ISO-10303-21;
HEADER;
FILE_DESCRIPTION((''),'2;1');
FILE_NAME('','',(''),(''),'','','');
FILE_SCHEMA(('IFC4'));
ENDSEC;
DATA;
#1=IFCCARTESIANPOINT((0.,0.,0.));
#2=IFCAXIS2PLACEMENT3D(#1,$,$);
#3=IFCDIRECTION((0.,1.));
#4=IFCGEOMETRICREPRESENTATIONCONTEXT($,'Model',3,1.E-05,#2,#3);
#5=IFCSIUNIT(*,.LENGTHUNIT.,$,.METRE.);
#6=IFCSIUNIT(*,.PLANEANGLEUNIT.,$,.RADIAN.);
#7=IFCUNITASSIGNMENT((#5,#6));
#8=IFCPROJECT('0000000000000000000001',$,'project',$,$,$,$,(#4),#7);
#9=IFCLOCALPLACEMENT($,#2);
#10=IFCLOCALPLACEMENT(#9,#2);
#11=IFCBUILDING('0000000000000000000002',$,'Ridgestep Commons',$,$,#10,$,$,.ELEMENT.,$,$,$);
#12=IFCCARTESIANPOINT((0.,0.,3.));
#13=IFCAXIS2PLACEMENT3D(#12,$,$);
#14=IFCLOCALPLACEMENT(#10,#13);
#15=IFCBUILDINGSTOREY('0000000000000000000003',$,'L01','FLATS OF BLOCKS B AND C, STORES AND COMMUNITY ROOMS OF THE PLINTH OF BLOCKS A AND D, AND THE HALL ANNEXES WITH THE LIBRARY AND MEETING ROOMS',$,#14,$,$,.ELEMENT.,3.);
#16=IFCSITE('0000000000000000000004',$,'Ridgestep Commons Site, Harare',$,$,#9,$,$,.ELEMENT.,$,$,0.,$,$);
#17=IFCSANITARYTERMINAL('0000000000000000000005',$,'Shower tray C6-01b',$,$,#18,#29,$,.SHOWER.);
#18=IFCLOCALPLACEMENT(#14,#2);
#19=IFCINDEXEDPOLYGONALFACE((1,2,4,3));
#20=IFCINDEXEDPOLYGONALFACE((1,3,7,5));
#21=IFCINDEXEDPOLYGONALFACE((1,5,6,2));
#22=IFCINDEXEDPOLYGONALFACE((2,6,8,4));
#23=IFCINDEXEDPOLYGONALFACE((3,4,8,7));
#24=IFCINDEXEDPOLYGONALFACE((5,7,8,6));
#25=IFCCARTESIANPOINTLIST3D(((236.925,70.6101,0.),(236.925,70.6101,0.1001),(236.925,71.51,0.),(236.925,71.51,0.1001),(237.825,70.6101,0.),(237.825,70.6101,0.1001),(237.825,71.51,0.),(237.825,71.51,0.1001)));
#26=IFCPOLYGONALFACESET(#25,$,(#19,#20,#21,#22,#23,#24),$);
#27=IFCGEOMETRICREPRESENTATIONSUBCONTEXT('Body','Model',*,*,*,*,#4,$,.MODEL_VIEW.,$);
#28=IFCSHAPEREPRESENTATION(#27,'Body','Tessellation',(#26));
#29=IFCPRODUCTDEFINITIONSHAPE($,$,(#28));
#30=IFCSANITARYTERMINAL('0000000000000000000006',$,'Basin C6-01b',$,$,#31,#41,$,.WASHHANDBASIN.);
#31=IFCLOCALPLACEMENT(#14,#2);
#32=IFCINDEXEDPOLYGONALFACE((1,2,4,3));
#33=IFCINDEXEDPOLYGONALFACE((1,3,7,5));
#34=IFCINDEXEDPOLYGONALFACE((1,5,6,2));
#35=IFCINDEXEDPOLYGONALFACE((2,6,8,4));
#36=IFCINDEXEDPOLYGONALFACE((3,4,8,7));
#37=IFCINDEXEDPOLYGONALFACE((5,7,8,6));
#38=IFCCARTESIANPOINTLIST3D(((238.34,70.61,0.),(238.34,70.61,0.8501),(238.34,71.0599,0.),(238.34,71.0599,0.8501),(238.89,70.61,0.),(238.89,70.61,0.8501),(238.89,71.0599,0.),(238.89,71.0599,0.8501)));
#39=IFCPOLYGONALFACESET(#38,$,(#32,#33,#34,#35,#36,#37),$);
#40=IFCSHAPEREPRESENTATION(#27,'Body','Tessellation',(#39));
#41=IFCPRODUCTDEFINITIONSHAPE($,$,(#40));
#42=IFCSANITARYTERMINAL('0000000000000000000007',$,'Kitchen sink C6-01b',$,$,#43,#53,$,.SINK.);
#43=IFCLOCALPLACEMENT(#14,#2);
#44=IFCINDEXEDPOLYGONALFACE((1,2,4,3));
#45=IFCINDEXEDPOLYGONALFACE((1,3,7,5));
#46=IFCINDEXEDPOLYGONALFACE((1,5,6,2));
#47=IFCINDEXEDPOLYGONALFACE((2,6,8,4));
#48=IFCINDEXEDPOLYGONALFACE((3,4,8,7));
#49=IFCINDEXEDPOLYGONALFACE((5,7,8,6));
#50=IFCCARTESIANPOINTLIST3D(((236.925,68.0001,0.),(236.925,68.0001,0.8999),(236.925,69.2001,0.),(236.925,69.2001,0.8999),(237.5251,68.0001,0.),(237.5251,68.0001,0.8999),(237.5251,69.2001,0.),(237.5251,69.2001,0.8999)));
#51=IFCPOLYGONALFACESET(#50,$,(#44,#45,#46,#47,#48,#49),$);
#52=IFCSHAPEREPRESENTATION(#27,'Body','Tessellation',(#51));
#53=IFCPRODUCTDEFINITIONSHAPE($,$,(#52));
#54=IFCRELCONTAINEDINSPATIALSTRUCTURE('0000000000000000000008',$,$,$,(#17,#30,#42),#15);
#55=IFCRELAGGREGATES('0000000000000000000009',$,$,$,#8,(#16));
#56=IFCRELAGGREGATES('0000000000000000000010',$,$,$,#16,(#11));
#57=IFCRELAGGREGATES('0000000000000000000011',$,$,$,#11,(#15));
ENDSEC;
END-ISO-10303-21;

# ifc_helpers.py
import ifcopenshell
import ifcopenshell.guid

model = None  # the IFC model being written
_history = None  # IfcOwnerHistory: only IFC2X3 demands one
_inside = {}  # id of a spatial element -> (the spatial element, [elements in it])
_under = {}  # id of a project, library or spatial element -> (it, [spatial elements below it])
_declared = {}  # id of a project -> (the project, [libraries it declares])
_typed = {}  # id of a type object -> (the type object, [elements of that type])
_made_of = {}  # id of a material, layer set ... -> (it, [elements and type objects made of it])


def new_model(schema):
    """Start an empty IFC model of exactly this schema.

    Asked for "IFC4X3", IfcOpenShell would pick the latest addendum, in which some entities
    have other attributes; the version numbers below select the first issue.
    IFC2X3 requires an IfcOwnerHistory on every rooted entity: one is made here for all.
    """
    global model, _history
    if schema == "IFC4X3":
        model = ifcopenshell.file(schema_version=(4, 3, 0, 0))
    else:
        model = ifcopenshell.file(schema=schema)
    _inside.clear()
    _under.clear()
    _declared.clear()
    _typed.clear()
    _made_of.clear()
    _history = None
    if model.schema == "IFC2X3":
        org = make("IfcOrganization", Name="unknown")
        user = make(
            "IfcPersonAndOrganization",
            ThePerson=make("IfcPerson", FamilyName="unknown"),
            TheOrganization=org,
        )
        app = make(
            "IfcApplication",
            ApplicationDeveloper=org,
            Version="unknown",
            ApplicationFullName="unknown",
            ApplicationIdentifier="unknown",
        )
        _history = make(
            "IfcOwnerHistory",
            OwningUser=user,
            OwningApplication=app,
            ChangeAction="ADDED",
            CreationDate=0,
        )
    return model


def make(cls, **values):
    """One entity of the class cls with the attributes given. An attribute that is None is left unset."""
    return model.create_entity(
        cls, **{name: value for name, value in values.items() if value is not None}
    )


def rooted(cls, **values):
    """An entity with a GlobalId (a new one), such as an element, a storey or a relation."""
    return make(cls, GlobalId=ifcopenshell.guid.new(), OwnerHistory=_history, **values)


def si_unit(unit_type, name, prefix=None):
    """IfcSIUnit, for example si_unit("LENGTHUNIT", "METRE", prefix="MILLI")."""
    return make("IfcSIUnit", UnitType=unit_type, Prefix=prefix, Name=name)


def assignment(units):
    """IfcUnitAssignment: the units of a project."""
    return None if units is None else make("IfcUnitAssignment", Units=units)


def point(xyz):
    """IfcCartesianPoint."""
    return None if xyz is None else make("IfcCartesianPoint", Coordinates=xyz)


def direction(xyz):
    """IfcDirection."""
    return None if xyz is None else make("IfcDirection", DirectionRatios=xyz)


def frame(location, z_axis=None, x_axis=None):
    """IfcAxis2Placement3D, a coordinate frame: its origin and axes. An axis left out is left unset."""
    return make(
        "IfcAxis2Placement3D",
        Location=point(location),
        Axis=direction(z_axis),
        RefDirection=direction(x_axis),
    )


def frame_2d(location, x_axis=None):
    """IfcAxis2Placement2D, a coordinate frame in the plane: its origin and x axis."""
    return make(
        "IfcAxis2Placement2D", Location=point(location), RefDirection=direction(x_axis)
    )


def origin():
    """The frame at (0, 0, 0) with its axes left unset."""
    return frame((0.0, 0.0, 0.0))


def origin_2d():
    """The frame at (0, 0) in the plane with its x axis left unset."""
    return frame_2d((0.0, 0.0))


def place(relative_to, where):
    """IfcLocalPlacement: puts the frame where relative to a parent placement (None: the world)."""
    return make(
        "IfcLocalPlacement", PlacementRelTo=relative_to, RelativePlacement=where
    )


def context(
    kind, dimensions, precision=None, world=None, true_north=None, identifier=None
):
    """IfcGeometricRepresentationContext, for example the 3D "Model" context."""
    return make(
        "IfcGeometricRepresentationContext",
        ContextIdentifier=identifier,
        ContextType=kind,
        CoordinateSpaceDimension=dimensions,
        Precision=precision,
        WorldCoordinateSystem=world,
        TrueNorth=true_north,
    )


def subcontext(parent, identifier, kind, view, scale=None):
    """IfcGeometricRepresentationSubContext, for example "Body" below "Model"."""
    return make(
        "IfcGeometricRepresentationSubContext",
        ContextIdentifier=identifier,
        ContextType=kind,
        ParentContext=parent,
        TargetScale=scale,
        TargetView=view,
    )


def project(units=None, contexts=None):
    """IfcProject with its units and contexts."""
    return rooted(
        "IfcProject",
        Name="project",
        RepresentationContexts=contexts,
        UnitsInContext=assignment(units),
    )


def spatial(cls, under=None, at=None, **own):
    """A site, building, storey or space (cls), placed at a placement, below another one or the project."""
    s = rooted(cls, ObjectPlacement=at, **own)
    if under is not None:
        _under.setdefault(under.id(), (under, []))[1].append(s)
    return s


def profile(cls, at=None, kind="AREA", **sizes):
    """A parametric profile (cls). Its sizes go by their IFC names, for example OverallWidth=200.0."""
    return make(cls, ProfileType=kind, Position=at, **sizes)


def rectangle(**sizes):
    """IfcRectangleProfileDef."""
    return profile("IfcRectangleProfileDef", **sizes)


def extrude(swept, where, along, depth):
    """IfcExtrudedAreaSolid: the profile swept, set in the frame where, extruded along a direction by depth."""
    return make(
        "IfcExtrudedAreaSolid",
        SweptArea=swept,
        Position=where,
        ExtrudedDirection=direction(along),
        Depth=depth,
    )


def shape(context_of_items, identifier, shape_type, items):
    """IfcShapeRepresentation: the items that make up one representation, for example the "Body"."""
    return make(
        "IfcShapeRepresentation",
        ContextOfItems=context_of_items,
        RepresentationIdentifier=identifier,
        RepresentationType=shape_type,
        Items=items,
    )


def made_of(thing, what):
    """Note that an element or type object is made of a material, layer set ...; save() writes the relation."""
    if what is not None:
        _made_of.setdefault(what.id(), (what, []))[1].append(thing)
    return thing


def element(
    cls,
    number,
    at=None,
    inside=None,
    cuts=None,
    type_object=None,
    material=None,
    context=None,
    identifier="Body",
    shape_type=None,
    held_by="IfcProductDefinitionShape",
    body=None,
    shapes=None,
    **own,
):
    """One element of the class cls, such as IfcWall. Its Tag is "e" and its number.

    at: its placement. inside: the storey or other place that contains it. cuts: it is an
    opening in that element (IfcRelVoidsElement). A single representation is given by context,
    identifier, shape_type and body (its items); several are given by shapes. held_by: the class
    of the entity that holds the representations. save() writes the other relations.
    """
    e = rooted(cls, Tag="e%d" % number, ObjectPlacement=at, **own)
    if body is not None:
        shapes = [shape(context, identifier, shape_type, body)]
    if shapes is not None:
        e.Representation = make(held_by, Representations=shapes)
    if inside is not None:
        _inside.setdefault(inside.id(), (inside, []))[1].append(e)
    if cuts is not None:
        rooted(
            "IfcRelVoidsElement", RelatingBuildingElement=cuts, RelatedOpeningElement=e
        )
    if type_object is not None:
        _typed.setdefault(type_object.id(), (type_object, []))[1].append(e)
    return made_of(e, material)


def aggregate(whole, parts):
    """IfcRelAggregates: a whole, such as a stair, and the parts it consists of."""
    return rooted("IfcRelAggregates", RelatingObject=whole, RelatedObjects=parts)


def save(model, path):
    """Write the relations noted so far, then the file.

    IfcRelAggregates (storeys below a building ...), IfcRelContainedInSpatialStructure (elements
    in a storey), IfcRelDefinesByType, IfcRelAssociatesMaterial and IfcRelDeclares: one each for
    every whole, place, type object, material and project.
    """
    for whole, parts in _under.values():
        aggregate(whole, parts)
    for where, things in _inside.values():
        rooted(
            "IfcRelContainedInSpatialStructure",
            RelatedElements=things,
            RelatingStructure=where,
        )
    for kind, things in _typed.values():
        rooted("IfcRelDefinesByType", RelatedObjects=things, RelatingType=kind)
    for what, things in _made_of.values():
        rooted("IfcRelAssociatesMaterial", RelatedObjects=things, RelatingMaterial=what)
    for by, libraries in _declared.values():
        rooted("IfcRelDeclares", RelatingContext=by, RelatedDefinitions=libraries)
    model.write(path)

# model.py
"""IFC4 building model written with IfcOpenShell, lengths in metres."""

from ifc_helpers import new_model, si_unit, direction, frame, origin, origin_2d, place, context, subcontext, project, spatial, rectangle, extrude, element, save


model = new_model("IFC4")

# Units and contexts
model_context = context("Model", 3, precision=1e-05, world=origin(), true_north=direction((0.0, 1.0)))
body_context = subcontext(model_context, "Body", "Model", "MODEL_VIEW")
ifc_project = project(units=[si_unit("LENGTHUNIT", "METRE"), si_unit("PLANEANGLEUNIT", "RADIAN")], contexts=[model_context])

# Site, building, storey
site_placement = place(None, origin())
site = spatial("IfcSite", under=ifc_project, at=site_placement, Name="Ridgestep Commons Site, Harare", CompositionType="ELEMENT", RefElevation=0.0)
building_placement = place(site_placement, origin())
building = spatial("IfcBuilding", under=site, at=building_placement, Name="Ridgestep Commons", CompositionType="ELEMENT")
storey_placement = place(building_placement, frame((0.0, 0.0, 3.0)))
storey = spatial("IfcBuildingStorey", under=building, at=storey_placement, Name="L01", Description="FLATS OF BLOCKS B AND C, STORES AND COMMUNITY ROOMS OF THE PLINTH OF BLOCKS A AND D, AND THE HALL ANNEXES WITH THE LIBRARY AND MEETING ROOMS", CompositionType="ELEMENT", Elevation=3.0)

# Sanitary terminals
sanitary_terminal_1_placement = place(storey_placement, frame((237.375, 71.0601, 0.0), z_axis=(0.0, 0.0, 1.0), x_axis=(1.0, 0.0, 0.0)))
element("IfcSanitaryTerminal", 1, at=sanitary_terminal_1_placement, inside=storey, Name="Shower tray C6-01b", PredefinedType="SHOWER", context=body_context, shape_type="SweptSolid", body=[
    extrude(rectangle(XDim=0.8999, YDim=0.8999, at=origin_2d()), origin(), (0.0, 0.0, 1.0), 0.1001),
])
sanitary_terminal_2_placement = place(storey_placement, frame((238.615, 70.835, 0.0), z_axis=(0.0, 0.0, 1.0), x_axis=(1.0, 0.0, 0.0)))
element("IfcSanitaryTerminal", 2, at=sanitary_terminal_2_placement, inside=storey, Name="Basin C6-01b", PredefinedType="WASHHANDBASIN", context=body_context, shape_type="SweptSolid", body=[
    extrude(rectangle(XDim=0.55, YDim=0.45, at=origin_2d()), origin(), (0.0, 0.0, 1.0), 0.8501),
])
sanitary_terminal_3_placement = place(storey_placement, frame((237.2251, 68.6001, 0.0), z_axis=(0.0, 0.0, 1.0), x_axis=(1.0, 0.0, 0.0)))
element("IfcSanitaryTerminal", 3, at=sanitary_terminal_3_placement, inside=storey, Name="Kitchen sink C6-01b", PredefinedType="SINK", context=body_context, shape_type="SweptSolid", body=[
    extrude(rectangle(XDim=0.6001, YDim=1.2, at=origin_2d()), origin(), (0.0, 0.0, 1.0), 0.8999),
])

save(model, "model.ifc")
